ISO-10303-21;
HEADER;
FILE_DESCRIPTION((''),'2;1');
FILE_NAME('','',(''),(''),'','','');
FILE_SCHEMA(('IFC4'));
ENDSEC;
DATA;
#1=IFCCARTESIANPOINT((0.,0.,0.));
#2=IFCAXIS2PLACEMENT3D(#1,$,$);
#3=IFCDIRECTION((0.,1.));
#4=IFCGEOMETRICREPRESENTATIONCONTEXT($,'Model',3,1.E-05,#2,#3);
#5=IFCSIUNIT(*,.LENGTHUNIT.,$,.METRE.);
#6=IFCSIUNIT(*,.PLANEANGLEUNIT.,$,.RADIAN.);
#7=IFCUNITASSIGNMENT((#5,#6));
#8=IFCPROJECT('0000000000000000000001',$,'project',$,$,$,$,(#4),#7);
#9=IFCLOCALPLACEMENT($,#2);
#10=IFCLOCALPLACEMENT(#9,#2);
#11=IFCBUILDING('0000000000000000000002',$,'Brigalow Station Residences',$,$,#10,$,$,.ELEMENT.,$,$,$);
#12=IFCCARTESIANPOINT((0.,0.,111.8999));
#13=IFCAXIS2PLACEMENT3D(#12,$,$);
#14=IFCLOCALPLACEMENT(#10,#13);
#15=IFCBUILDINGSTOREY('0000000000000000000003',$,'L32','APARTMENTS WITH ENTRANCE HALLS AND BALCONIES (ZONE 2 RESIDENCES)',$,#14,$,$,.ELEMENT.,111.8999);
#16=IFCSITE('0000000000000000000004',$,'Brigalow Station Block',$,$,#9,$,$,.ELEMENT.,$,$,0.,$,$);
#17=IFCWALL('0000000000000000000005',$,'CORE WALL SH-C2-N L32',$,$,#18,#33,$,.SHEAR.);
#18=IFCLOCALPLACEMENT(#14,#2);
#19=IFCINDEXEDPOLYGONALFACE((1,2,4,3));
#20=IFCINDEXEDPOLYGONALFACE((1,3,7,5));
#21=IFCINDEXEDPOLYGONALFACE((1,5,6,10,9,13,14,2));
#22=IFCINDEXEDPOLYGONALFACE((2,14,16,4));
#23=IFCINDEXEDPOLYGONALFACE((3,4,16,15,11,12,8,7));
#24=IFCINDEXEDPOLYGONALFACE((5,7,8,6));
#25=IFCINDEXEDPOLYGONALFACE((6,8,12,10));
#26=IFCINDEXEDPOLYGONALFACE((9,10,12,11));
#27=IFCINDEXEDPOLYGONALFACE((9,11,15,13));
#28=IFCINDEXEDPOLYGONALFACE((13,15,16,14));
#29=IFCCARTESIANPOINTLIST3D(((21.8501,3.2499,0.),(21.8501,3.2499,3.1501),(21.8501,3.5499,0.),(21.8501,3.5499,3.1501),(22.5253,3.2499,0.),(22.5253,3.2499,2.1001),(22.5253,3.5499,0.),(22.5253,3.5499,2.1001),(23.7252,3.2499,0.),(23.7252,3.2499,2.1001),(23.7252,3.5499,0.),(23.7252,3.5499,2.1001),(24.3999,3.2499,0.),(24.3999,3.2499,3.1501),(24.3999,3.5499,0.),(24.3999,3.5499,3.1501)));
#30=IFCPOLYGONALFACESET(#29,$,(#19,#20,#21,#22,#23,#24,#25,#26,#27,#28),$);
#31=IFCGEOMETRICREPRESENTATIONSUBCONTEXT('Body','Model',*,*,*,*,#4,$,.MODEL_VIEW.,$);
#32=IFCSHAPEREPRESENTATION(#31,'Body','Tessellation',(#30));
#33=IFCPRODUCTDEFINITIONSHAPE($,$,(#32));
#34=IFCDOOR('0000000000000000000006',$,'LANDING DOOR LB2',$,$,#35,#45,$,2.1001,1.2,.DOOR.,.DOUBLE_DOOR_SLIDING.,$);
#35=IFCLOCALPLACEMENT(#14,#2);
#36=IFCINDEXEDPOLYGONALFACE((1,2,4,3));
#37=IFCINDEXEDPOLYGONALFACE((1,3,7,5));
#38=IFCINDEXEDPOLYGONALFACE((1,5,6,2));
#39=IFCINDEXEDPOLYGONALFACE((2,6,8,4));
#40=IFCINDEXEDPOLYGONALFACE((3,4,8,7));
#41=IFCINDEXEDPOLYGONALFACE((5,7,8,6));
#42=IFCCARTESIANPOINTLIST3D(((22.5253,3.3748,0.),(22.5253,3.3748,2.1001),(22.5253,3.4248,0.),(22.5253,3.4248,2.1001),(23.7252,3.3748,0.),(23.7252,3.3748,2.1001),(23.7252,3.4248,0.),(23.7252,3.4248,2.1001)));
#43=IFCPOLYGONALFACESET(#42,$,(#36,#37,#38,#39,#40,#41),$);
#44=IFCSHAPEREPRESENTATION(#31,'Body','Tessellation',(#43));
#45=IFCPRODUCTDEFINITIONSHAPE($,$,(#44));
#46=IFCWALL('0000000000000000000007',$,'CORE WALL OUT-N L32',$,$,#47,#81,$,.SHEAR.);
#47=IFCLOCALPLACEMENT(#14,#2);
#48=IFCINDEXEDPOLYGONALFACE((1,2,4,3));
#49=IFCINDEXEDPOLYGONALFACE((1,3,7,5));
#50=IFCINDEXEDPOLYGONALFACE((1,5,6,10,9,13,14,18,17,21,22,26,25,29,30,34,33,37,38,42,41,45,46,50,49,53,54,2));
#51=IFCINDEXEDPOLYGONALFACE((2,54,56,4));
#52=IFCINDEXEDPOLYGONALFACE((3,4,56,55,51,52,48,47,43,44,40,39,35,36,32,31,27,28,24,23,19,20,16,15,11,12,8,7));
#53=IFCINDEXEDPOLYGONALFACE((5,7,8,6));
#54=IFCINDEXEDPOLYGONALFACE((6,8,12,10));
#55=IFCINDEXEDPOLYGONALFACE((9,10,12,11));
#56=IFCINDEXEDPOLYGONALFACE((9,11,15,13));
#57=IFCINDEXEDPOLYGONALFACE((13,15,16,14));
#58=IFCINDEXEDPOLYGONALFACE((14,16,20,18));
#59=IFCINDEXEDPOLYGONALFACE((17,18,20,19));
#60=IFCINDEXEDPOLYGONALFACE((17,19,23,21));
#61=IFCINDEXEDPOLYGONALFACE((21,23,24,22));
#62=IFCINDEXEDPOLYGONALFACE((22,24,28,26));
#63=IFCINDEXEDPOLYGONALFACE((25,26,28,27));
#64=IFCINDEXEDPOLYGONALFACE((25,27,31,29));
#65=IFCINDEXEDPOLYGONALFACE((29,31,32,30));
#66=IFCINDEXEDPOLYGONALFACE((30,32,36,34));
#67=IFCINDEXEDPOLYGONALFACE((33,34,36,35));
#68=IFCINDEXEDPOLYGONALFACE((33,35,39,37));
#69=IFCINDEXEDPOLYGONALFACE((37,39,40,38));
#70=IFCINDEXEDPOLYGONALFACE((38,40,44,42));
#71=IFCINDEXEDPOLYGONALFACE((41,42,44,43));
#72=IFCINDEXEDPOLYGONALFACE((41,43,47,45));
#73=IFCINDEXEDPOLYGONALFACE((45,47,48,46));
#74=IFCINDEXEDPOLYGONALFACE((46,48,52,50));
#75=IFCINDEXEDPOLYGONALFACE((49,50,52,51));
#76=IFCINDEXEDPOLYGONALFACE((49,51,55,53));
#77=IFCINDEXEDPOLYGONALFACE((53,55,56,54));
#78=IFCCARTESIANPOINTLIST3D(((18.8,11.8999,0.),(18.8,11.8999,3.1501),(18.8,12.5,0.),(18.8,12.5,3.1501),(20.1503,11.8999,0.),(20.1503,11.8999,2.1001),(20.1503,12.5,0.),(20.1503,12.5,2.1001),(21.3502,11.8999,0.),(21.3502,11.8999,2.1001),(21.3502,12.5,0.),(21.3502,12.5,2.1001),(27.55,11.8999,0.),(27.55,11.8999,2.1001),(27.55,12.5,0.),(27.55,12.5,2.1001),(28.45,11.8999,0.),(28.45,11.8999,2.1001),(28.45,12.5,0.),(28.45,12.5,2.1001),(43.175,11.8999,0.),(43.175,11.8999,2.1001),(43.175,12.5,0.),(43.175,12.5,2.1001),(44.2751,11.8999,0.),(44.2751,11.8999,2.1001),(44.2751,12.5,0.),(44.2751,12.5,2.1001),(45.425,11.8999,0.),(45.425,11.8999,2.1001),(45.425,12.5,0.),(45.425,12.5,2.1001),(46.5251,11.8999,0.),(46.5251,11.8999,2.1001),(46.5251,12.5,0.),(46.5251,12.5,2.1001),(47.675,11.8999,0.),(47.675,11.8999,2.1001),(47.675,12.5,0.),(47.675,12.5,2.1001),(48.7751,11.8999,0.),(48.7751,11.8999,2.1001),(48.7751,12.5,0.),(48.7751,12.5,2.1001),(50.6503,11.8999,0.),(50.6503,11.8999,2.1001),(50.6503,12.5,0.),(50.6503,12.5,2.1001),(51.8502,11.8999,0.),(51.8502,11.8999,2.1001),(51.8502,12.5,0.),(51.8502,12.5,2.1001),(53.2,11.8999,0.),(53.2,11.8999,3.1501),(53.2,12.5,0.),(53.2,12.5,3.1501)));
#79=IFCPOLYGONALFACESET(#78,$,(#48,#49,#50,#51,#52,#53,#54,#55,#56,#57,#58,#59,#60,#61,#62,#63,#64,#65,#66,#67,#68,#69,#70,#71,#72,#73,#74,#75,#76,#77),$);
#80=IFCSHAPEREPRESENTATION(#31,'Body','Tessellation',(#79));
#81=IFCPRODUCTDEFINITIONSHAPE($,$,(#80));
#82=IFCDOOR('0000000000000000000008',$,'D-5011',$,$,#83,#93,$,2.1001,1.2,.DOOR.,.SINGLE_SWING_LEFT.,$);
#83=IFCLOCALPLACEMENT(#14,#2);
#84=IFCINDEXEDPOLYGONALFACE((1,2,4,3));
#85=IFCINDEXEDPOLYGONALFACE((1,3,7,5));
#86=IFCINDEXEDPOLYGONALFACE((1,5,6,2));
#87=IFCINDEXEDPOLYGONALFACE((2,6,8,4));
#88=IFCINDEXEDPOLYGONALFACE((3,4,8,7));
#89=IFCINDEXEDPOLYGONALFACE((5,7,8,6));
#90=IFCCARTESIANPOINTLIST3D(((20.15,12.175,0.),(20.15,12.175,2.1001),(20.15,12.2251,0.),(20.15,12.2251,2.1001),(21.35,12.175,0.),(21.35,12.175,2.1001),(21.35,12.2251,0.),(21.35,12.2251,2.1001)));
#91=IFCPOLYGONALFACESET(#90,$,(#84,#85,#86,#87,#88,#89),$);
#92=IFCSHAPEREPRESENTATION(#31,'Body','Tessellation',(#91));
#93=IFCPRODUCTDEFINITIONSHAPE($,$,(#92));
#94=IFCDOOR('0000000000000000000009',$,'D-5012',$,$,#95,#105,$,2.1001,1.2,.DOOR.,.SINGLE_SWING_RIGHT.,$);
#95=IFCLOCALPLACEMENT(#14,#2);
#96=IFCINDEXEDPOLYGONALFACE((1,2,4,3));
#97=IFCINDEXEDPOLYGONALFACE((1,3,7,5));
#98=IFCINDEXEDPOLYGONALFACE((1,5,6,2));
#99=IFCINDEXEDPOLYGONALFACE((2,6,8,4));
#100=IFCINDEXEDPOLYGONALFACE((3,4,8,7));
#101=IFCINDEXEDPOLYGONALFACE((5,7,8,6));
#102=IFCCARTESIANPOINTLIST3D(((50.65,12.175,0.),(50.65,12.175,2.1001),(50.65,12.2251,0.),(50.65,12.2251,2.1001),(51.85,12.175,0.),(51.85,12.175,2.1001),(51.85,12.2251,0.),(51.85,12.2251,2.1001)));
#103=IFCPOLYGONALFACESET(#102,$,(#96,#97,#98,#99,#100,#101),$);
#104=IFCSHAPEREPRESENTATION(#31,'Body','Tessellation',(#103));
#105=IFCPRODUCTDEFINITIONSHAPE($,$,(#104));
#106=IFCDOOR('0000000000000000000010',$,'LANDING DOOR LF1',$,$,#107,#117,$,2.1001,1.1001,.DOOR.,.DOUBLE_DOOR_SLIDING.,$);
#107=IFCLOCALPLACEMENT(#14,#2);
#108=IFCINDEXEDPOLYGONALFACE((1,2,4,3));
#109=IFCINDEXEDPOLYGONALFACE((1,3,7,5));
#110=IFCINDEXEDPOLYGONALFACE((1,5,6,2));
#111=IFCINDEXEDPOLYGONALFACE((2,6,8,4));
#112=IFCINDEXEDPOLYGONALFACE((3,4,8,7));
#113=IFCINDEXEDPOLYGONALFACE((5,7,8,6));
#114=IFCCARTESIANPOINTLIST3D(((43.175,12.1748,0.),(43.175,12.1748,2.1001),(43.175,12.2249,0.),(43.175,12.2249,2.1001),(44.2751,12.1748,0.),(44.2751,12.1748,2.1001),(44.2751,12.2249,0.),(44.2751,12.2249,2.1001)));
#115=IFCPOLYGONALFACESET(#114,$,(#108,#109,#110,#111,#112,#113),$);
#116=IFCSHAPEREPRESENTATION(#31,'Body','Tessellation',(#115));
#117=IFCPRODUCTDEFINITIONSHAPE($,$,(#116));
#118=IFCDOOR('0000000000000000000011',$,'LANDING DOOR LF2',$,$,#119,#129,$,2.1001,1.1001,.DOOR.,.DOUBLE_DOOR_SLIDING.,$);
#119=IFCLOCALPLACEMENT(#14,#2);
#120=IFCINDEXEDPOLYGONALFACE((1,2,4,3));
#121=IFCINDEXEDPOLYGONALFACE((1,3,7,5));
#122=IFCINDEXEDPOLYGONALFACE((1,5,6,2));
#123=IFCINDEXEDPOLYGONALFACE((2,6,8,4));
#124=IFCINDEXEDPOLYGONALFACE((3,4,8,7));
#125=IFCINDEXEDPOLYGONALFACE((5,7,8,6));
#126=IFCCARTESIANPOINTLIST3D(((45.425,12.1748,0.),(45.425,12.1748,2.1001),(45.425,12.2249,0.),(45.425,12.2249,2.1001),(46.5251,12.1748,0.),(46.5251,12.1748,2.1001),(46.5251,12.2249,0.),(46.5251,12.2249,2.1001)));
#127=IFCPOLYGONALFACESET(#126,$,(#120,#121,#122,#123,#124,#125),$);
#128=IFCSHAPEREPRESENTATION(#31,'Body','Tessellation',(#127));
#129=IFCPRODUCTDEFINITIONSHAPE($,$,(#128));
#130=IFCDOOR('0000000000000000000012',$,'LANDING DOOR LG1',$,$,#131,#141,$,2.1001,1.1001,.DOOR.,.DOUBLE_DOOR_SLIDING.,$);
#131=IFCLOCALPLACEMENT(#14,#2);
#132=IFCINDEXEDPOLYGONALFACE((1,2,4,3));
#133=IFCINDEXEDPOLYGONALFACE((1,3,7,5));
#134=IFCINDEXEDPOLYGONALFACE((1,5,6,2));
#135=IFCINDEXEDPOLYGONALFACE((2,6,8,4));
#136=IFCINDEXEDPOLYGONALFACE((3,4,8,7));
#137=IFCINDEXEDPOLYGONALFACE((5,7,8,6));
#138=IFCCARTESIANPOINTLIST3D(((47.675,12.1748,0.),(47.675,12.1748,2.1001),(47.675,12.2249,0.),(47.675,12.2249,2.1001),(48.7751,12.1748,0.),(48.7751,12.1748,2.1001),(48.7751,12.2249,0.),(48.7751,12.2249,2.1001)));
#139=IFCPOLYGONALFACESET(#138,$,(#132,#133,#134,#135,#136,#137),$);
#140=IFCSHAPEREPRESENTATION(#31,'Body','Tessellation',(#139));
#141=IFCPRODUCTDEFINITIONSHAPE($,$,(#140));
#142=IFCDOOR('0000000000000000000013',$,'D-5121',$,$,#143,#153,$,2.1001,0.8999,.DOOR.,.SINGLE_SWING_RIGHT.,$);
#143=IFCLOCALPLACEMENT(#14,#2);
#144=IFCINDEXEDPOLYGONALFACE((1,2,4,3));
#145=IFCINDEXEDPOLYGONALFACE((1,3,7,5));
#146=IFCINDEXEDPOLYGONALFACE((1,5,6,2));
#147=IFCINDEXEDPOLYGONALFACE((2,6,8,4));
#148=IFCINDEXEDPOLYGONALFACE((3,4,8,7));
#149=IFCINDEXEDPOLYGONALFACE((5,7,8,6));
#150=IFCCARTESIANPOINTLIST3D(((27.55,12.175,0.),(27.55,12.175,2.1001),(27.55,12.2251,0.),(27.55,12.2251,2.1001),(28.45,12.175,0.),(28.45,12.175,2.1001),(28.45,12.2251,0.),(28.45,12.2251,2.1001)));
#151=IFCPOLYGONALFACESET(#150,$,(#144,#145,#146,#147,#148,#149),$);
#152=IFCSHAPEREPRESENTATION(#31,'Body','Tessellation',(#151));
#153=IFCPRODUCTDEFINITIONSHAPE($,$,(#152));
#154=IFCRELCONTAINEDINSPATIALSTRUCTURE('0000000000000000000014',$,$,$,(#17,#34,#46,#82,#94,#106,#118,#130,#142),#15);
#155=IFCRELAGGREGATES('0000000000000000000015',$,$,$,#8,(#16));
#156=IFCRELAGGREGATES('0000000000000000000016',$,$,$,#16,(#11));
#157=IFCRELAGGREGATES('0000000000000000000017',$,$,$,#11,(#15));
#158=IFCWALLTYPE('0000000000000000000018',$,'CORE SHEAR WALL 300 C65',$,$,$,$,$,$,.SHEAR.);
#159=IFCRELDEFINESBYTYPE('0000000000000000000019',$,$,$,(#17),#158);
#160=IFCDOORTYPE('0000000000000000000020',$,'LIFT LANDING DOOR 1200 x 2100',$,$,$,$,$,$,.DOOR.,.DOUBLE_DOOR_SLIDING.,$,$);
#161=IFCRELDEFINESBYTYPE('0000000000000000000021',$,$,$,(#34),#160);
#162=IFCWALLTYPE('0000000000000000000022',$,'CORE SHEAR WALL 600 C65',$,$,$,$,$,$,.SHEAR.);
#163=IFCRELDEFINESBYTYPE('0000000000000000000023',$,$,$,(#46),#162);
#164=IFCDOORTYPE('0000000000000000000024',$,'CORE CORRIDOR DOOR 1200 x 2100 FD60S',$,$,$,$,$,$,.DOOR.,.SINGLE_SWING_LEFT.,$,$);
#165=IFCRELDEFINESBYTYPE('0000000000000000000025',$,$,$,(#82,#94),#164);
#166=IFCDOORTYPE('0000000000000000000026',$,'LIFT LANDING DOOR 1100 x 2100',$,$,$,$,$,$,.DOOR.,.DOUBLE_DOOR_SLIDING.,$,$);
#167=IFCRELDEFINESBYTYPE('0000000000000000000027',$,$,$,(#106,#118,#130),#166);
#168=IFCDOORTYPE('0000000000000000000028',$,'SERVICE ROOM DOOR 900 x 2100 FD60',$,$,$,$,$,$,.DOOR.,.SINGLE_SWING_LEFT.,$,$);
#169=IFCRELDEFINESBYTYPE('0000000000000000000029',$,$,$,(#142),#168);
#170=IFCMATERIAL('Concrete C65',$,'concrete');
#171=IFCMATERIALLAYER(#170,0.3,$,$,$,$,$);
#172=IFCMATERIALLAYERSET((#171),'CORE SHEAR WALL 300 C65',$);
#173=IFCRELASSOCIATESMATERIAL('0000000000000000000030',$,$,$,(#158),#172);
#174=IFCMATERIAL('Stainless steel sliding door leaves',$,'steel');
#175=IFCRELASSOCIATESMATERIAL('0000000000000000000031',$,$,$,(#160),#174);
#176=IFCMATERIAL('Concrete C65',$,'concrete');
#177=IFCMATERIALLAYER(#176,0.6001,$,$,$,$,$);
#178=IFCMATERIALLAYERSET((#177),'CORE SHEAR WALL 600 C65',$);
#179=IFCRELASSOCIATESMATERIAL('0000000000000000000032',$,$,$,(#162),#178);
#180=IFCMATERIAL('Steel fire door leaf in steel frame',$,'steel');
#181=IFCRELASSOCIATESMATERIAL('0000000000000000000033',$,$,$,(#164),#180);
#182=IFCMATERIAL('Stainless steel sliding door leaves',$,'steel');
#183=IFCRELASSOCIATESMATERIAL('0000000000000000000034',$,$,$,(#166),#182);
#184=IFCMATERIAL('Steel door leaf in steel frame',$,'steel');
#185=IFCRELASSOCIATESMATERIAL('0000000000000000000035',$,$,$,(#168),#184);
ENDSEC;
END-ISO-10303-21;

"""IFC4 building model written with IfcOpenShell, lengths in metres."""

from ifc_helpers import new_model, si_unit, direction, frame, frame_2d, origin, place, context, subcontext, project, spatial, rectangle, extrude, material, layer, layer_set, type_object, element, fill, save


model = new_model("IFC4")

# Units and contexts
model_context = context("Model", 3, precision=1e-05, world=origin(), true_north=direction((0.0, 1.0)))
body_context = subcontext(model_context, "Body", "Model", "MODEL_VIEW")
ifc_project = project(units=[si_unit("LENGTHUNIT", "METRE"), si_unit("PLANEANGLEUNIT", "RADIAN")], contexts=[model_context])

# Site, building, storey
site_placement = place(None, origin())
site = spatial("IfcSite", under=ifc_project, at=site_placement, Name="Brigalow Station Block", CompositionType="ELEMENT", RefElevation=0.0)
building_placement = place(site_placement, origin())
building = spatial("IfcBuilding", under=site, at=building_placement, Name="Brigalow Station Residences", CompositionType="ELEMENT")
storey_placement = place(building_placement, frame((0.0, 0.0, 111.8999)))
storey = spatial("IfcBuildingStorey", under=building, at=storey_placement, Name="L32", Description="APARTMENTS WITH ENTRANCE HALLS AND BALCONIES (ZONE 2 RESIDENCES)", CompositionType="ELEMENT", Elevation=111.8999)

# Wall, opening, door
ifc_material_1 = material(Name="Concrete C65", Category="concrete")
ifc_layer_1 = layer(ifc_material_1, 0.3)
ifc_layer_set_1 = layer_set([ifc_layer_1], Name="CORE SHEAR WALL 300 C65")
wall_type_1 = type_object("IfcWallType", Name="CORE SHEAR WALL 300 C65", PredefinedType="SHEAR", material=ifc_layer_set_1)
wall_1_placement = place(storey_placement, frame((21.8501, 3.3999, 0.0), z_axis=(0.0, 0.0, 1.0), x_axis=(1.0, 0.0, 0.0)))
wall_1 = element("IfcWall", 1, at=wall_1_placement, inside=storey, type_object=wall_type_1, Name="CORE WALL SH-C2-N L32", PredefinedType="SHEAR", context=body_context, shape_type="SweptSolid", body=[
    extrude(rectangle(XDim=2.5498, YDim=0.3, at=frame_2d((1.2749, 0.0))), origin(), (0.0, 0.0, 1.0), 3.1501),
])
opening_1_placement = place(wall_1_placement, frame((0.675, 0.0, 0.0)))
opening_1 = element("IfcOpeningElement", 2, at=opening_1_placement, cuts=wall_1, PredefinedType="OPENING", context=body_context, shape_type="SweptSolid", body=[
    extrude(rectangle(XDim=1.2, YDim=2.1001, at=frame_2d((0.6001, 1.05))), frame((0.0, 0.1602, 0.0), z_axis=(0.0, -1.0, 0.0), x_axis=(1.0, 0.0, 0.0)), (0.0, 0.0, 1.0), 0.3201),
])
ifc_material_2 = material(Name="Stainless steel sliding door leaves", Category="steel")
door_type_1 = type_object("IfcDoorType", Name="LIFT LANDING DOOR 1200 x 2100", OperationType="DOUBLE_DOOR_SLIDING", PredefinedType="DOOR", material=ifc_material_2)
door_1_placement = place(opening_1_placement, origin())
door_1 = element("IfcDoor", 3, at=door_1_placement, inside=storey, type_object=door_type_1, Name="LANDING DOOR LB2", OperationType="DOUBLE_DOOR_SLIDING", OverallHeight=2.1001, OverallWidth=1.2, PredefinedType="DOOR", context=body_context, shape_type="SweptSolid", body=[
    extrude(rectangle(XDim=1.2, YDim=2.1001, at=frame_2d((0.6001, 1.05))), frame((0.0, 0.0249, 0.0), z_axis=(0.0, -1.0, 0.0), x_axis=(1.0, 0.0, 0.0)), (0.0, 0.0, 1.0), 0.05),
])
fill(opening_1, door_1)

# Wall, openings, doors
ifc_material_3 = material(Name="Concrete C65", Category="concrete")
ifc_layer_2 = layer(ifc_material_3, 0.6001)
ifc_layer_set_2 = layer_set([ifc_layer_2], Name="CORE SHEAR WALL 600 C65")
wall_type_2 = type_object("IfcWallType", Name="CORE SHEAR WALL 600 C65", PredefinedType="SHEAR", material=ifc_layer_set_2)
wall_2_placement = place(storey_placement, frame((18.8, 12.2, 0.0), z_axis=(0.0, 0.0, 1.0), x_axis=(1.0, 0.0, 0.0)))
wall_2 = element("IfcWall", 4, at=wall_2_placement, inside=storey, type_object=wall_type_2, Name="CORE WALL OUT-N L32", PredefinedType="SHEAR", context=body_context, shape_type="SweptSolid", body=[
    extrude(rectangle(XDim=34.3999, YDim=0.6001, at=frame_2d((17.2, 0.0))), origin(), (0.0, 0.0, 1.0), 3.1501),
])
opening_2_placement = place(wall_2_placement, frame((24.375, 0.0, 0.0)))
opening_2 = element("IfcOpeningElement", 5, at=opening_2_placement, cuts=wall_2, PredefinedType="OPENING", context=body_context, shape_type="SweptSolid", body=[
    extrude(rectangle(XDim=1.1001, YDim=2.1001, at=frame_2d((0.55, 1.05))), frame((0.0, 0.3101, 0.0), z_axis=(0.0, -1.0, 0.0), x_axis=(1.0, 0.0, 0.0)), (0.0, 0.0, 1.0), 0.6201),
])
opening_3_placement = place(wall_2_placement, frame((26.625, 0.0, 0.0)))
opening_3 = element("IfcOpeningElement", 6, at=opening_3_placement, cuts=wall_2, PredefinedType="OPENING", context=body_context, shape_type="SweptSolid", body=[
    extrude(rectangle(XDim=1.1001, YDim=2.1001, at=frame_2d((0.55, 1.05))), frame((0.0, 0.3101, 0.0), z_axis=(0.0, -1.0, 0.0), x_axis=(1.0, 0.0, 0.0)), (0.0, 0.0, 1.0), 0.6201),
])
opening_4_placement = place(wall_2_placement, frame((28.875, 0.0, 0.0)))
opening_4 = element("IfcOpeningElement", 7, at=opening_4_placement, cuts=wall_2, PredefinedType="OPENING", context=body_context, shape_type="SweptSolid", body=[
    extrude(rectangle(XDim=1.1001, YDim=2.1001, at=frame_2d((0.55, 1.05))), frame((0.0, 0.3101, 0.0), z_axis=(0.0, -1.0, 0.0), x_axis=(1.0, 0.0, 0.0)), (0.0, 0.0, 1.0), 0.6201),
])
opening_5_placement = place(wall_2_placement, frame((8.75, 0.0, 0.0)))
opening_5 = element("IfcOpeningElement", 8, at=opening_5_placement, cuts=wall_2, PredefinedType="OPENING", context=body_context, shape_type="SweptSolid", body=[
    extrude(rectangle(XDim=0.8999, YDim=2.1001, at=frame_2d((0.45, 1.05))), frame((0.0, 0.3101, 0.0), z_axis=(0.0, -1.0, 0.0), x_axis=(1.0, 0.0, 0.0)), (0.0, 0.0, 1.0), 0.6201),
])
opening_6_placement = place(wall_2_placement, frame((1.3501, 0.0, 0.0)))
opening_6 = element("IfcOpeningElement", 9, at=opening_6_placement, cuts=wall_2, PredefinedType="OPENING", context=body_context, shape_type="SweptSolid", body=[
    extrude(rectangle(XDim=1.2, YDim=2.1001, at=frame_2d((0.6001, 1.05))), frame((0.0, 0.3101, 0.0), z_axis=(0.0, -1.0, 0.0), x_axis=(1.0, 0.0, 0.0)), (0.0, 0.0, 1.0), 0.6201),
])
opening_7_placement = place(wall_2_placement, frame((31.8501, 0.0, 0.0)))
opening_7 = element("IfcOpeningElement", 10, at=opening_7_placement, cuts=wall_2, PredefinedType="OPENING", context=body_context, shape_type="SweptSolid", body=[
    extrude(rectangle(XDim=1.2, YDim=2.1001, at=frame_2d((0.6001, 1.05))), frame((0.0, 0.3101, 0.0), z_axis=(0.0, -1.0, 0.0), x_axis=(1.0, 0.0, 0.0)), (0.0, 0.0, 1.0), 0.6201),
])
ifc_material_4 = material(Name="Steel fire door leaf in steel frame", Category="steel")
door_type_2 = type_object("IfcDoorType", Name="CORE CORRIDOR DOOR 1200 x 2100 FD60S", OperationType="SINGLE_SWING_LEFT", PredefinedType="DOOR", material=ifc_material_4)
door_2_placement = place(opening_6_placement, frame((1.2, 0.0, 0.0), z_axis=(0.0, 0.0, 1.0), x_axis=(-1.0, 0.0, 0.0)))
door_2 = element("IfcDoor", 11, at=door_2_placement, inside=storey, type_object=door_type_2, Name="D-5011", OperationType="SINGLE_SWING_LEFT", OverallHeight=2.1001, OverallWidth=1.2, PredefinedType="DOOR", context=body_context, shape_type="SweptSolid", body=[
    extrude(rectangle(XDim=1.2, YDim=2.1001, at=frame_2d((0.6001, 1.05))), frame((0.0, 0.0249, 0.0), z_axis=(0.0, -1.0, 0.0), x_axis=(1.0, 0.0, 0.0)), (0.0, 0.0, 1.0), 0.05),
])
fill(opening_6, door_2)
door_3_placement = place(opening_7_placement, frame((1.2, 0.0, 0.0), z_axis=(0.0, 0.0, 1.0), x_axis=(-1.0, 0.0, 0.0)))
door_3 = element("IfcDoor", 12, at=door_3_placement, inside=storey, type_object=door_type_2, Name="D-5012", OperationType="SINGLE_SWING_RIGHT", OverallHeight=2.1001, OverallWidth=1.2, PredefinedType="DOOR", context=body_context, shape_type="SweptSolid", body=[
    extrude(rectangle(XDim=1.2, YDim=2.1001, at=frame_2d((0.6001, 1.05))), frame((0.0, 0.0249, 0.0), z_axis=(0.0, -1.0, 0.0), x_axis=(1.0, 0.0, 0.0)), (0.0, 0.0, 1.0), 0.05),
])
fill(opening_7, door_3)
ifc_material_5 = material(Name="Stainless steel sliding door leaves", Category="steel")
door_type_3 = type_object("IfcDoorType", Name="LIFT LANDING DOOR 1100 x 2100", OperationType="DOUBLE_DOOR_SLIDING", PredefinedType="DOOR", material=ifc_material_5)
door_4_placement = place(opening_2_placement, origin())
door_4 = element("IfcDoor", 13, at=door_4_placement, inside=storey, type_object=door_type_3, Name="LANDING DOOR LF1", OperationType="DOUBLE_DOOR_SLIDING", OverallHeight=2.1001, OverallWidth=1.1001, PredefinedType="DOOR", context=body_context, shape_type="SweptSolid", body=[
    extrude(rectangle(XDim=1.1001, YDim=2.1001, at=frame_2d((0.55, 1.05))), frame((0.0, 0.0249, 0.0), z_axis=(0.0, -1.0, 0.0), x_axis=(1.0, 0.0, 0.0)), (0.0, 0.0, 1.0), 0.05),
])
fill(opening_2, door_4)
door_5_placement = place(opening_3_placement, origin())
door_5 = element("IfcDoor", 14, at=door_5_placement, inside=storey, type_object=door_type_3, Name="LANDING DOOR LF2", OperationType="DOUBLE_DOOR_SLIDING", OverallHeight=2.1001, OverallWidth=1.1001, PredefinedType="DOOR", context=body_context, shape_type="SweptSolid", body=[
    extrude(rectangle(XDim=1.1001, YDim=2.1001, at=frame_2d((0.55, 1.05))), frame((0.0, 0.0249, 0.0), z_axis=(0.0, -1.0, 0.0), x_axis=(1.0, 0.0, 0.0)), (0.0, 0.0, 1.0), 0.05),
])
fill(opening_3, door_5)
door_6_placement = place(opening_4_placement, origin())
door_6 = element("IfcDoor", 15, at=door_6_placement, inside=storey, type_object=door_type_3, Name="LANDING DOOR LG1", OperationType="DOUBLE_DOOR_SLIDING", OverallHeight=2.1001, OverallWidth=1.1001, PredefinedType="DOOR", context=body_context, shape_type="SweptSolid", body=[
    extrude(rectangle(XDim=1.1001, YDim=2.1001, at=frame_2d((0.55, 1.05))), frame((0.0, 0.0249, 0.0), z_axis=(0.0, -1.0, 0.0), x_axis=(1.0, 0.0, 0.0)), (0.0, 0.0, 1.0), 0.05),
])
fill(opening_4, door_6)
ifc_material_6 = material(Name="Steel door leaf in steel frame", Category="steel")
door_type_4 = type_object("IfcDoorType", Name="SERVICE ROOM DOOR 900 x 2100 FD60", OperationType="SINGLE_SWING_LEFT", PredefinedType="DOOR", material=ifc_material_6)
door_7_placement = place(opening_5_placement, frame((0.8999, 0.0, 0.0), z_axis=(0.0, 0.0, 1.0), x_axis=(-1.0, 0.0, 0.0)))
door_7 = element("IfcDoor", 16, at=door_7_placement, inside=storey, type_object=door_type_4, Name="D-5121", OperationType="SINGLE_SWING_RIGHT", OverallHeight=2.1001, OverallWidth=0.8999, PredefinedType="DOOR", context=body_context, shape_type="SweptSolid", body=[
    extrude(rectangle(XDim=0.8999, YDim=2.1001, at=frame_2d((0.45, 1.05))), frame((0.0, 0.0249, 0.0), z_axis=(0.0, -1.0, 0.0), x_axis=(1.0, 0.0, 0.0)), (0.0, 0.0, 1.0), 0.05),
])
fill(opening_5, door_7)

save(model, "model.ifc")
